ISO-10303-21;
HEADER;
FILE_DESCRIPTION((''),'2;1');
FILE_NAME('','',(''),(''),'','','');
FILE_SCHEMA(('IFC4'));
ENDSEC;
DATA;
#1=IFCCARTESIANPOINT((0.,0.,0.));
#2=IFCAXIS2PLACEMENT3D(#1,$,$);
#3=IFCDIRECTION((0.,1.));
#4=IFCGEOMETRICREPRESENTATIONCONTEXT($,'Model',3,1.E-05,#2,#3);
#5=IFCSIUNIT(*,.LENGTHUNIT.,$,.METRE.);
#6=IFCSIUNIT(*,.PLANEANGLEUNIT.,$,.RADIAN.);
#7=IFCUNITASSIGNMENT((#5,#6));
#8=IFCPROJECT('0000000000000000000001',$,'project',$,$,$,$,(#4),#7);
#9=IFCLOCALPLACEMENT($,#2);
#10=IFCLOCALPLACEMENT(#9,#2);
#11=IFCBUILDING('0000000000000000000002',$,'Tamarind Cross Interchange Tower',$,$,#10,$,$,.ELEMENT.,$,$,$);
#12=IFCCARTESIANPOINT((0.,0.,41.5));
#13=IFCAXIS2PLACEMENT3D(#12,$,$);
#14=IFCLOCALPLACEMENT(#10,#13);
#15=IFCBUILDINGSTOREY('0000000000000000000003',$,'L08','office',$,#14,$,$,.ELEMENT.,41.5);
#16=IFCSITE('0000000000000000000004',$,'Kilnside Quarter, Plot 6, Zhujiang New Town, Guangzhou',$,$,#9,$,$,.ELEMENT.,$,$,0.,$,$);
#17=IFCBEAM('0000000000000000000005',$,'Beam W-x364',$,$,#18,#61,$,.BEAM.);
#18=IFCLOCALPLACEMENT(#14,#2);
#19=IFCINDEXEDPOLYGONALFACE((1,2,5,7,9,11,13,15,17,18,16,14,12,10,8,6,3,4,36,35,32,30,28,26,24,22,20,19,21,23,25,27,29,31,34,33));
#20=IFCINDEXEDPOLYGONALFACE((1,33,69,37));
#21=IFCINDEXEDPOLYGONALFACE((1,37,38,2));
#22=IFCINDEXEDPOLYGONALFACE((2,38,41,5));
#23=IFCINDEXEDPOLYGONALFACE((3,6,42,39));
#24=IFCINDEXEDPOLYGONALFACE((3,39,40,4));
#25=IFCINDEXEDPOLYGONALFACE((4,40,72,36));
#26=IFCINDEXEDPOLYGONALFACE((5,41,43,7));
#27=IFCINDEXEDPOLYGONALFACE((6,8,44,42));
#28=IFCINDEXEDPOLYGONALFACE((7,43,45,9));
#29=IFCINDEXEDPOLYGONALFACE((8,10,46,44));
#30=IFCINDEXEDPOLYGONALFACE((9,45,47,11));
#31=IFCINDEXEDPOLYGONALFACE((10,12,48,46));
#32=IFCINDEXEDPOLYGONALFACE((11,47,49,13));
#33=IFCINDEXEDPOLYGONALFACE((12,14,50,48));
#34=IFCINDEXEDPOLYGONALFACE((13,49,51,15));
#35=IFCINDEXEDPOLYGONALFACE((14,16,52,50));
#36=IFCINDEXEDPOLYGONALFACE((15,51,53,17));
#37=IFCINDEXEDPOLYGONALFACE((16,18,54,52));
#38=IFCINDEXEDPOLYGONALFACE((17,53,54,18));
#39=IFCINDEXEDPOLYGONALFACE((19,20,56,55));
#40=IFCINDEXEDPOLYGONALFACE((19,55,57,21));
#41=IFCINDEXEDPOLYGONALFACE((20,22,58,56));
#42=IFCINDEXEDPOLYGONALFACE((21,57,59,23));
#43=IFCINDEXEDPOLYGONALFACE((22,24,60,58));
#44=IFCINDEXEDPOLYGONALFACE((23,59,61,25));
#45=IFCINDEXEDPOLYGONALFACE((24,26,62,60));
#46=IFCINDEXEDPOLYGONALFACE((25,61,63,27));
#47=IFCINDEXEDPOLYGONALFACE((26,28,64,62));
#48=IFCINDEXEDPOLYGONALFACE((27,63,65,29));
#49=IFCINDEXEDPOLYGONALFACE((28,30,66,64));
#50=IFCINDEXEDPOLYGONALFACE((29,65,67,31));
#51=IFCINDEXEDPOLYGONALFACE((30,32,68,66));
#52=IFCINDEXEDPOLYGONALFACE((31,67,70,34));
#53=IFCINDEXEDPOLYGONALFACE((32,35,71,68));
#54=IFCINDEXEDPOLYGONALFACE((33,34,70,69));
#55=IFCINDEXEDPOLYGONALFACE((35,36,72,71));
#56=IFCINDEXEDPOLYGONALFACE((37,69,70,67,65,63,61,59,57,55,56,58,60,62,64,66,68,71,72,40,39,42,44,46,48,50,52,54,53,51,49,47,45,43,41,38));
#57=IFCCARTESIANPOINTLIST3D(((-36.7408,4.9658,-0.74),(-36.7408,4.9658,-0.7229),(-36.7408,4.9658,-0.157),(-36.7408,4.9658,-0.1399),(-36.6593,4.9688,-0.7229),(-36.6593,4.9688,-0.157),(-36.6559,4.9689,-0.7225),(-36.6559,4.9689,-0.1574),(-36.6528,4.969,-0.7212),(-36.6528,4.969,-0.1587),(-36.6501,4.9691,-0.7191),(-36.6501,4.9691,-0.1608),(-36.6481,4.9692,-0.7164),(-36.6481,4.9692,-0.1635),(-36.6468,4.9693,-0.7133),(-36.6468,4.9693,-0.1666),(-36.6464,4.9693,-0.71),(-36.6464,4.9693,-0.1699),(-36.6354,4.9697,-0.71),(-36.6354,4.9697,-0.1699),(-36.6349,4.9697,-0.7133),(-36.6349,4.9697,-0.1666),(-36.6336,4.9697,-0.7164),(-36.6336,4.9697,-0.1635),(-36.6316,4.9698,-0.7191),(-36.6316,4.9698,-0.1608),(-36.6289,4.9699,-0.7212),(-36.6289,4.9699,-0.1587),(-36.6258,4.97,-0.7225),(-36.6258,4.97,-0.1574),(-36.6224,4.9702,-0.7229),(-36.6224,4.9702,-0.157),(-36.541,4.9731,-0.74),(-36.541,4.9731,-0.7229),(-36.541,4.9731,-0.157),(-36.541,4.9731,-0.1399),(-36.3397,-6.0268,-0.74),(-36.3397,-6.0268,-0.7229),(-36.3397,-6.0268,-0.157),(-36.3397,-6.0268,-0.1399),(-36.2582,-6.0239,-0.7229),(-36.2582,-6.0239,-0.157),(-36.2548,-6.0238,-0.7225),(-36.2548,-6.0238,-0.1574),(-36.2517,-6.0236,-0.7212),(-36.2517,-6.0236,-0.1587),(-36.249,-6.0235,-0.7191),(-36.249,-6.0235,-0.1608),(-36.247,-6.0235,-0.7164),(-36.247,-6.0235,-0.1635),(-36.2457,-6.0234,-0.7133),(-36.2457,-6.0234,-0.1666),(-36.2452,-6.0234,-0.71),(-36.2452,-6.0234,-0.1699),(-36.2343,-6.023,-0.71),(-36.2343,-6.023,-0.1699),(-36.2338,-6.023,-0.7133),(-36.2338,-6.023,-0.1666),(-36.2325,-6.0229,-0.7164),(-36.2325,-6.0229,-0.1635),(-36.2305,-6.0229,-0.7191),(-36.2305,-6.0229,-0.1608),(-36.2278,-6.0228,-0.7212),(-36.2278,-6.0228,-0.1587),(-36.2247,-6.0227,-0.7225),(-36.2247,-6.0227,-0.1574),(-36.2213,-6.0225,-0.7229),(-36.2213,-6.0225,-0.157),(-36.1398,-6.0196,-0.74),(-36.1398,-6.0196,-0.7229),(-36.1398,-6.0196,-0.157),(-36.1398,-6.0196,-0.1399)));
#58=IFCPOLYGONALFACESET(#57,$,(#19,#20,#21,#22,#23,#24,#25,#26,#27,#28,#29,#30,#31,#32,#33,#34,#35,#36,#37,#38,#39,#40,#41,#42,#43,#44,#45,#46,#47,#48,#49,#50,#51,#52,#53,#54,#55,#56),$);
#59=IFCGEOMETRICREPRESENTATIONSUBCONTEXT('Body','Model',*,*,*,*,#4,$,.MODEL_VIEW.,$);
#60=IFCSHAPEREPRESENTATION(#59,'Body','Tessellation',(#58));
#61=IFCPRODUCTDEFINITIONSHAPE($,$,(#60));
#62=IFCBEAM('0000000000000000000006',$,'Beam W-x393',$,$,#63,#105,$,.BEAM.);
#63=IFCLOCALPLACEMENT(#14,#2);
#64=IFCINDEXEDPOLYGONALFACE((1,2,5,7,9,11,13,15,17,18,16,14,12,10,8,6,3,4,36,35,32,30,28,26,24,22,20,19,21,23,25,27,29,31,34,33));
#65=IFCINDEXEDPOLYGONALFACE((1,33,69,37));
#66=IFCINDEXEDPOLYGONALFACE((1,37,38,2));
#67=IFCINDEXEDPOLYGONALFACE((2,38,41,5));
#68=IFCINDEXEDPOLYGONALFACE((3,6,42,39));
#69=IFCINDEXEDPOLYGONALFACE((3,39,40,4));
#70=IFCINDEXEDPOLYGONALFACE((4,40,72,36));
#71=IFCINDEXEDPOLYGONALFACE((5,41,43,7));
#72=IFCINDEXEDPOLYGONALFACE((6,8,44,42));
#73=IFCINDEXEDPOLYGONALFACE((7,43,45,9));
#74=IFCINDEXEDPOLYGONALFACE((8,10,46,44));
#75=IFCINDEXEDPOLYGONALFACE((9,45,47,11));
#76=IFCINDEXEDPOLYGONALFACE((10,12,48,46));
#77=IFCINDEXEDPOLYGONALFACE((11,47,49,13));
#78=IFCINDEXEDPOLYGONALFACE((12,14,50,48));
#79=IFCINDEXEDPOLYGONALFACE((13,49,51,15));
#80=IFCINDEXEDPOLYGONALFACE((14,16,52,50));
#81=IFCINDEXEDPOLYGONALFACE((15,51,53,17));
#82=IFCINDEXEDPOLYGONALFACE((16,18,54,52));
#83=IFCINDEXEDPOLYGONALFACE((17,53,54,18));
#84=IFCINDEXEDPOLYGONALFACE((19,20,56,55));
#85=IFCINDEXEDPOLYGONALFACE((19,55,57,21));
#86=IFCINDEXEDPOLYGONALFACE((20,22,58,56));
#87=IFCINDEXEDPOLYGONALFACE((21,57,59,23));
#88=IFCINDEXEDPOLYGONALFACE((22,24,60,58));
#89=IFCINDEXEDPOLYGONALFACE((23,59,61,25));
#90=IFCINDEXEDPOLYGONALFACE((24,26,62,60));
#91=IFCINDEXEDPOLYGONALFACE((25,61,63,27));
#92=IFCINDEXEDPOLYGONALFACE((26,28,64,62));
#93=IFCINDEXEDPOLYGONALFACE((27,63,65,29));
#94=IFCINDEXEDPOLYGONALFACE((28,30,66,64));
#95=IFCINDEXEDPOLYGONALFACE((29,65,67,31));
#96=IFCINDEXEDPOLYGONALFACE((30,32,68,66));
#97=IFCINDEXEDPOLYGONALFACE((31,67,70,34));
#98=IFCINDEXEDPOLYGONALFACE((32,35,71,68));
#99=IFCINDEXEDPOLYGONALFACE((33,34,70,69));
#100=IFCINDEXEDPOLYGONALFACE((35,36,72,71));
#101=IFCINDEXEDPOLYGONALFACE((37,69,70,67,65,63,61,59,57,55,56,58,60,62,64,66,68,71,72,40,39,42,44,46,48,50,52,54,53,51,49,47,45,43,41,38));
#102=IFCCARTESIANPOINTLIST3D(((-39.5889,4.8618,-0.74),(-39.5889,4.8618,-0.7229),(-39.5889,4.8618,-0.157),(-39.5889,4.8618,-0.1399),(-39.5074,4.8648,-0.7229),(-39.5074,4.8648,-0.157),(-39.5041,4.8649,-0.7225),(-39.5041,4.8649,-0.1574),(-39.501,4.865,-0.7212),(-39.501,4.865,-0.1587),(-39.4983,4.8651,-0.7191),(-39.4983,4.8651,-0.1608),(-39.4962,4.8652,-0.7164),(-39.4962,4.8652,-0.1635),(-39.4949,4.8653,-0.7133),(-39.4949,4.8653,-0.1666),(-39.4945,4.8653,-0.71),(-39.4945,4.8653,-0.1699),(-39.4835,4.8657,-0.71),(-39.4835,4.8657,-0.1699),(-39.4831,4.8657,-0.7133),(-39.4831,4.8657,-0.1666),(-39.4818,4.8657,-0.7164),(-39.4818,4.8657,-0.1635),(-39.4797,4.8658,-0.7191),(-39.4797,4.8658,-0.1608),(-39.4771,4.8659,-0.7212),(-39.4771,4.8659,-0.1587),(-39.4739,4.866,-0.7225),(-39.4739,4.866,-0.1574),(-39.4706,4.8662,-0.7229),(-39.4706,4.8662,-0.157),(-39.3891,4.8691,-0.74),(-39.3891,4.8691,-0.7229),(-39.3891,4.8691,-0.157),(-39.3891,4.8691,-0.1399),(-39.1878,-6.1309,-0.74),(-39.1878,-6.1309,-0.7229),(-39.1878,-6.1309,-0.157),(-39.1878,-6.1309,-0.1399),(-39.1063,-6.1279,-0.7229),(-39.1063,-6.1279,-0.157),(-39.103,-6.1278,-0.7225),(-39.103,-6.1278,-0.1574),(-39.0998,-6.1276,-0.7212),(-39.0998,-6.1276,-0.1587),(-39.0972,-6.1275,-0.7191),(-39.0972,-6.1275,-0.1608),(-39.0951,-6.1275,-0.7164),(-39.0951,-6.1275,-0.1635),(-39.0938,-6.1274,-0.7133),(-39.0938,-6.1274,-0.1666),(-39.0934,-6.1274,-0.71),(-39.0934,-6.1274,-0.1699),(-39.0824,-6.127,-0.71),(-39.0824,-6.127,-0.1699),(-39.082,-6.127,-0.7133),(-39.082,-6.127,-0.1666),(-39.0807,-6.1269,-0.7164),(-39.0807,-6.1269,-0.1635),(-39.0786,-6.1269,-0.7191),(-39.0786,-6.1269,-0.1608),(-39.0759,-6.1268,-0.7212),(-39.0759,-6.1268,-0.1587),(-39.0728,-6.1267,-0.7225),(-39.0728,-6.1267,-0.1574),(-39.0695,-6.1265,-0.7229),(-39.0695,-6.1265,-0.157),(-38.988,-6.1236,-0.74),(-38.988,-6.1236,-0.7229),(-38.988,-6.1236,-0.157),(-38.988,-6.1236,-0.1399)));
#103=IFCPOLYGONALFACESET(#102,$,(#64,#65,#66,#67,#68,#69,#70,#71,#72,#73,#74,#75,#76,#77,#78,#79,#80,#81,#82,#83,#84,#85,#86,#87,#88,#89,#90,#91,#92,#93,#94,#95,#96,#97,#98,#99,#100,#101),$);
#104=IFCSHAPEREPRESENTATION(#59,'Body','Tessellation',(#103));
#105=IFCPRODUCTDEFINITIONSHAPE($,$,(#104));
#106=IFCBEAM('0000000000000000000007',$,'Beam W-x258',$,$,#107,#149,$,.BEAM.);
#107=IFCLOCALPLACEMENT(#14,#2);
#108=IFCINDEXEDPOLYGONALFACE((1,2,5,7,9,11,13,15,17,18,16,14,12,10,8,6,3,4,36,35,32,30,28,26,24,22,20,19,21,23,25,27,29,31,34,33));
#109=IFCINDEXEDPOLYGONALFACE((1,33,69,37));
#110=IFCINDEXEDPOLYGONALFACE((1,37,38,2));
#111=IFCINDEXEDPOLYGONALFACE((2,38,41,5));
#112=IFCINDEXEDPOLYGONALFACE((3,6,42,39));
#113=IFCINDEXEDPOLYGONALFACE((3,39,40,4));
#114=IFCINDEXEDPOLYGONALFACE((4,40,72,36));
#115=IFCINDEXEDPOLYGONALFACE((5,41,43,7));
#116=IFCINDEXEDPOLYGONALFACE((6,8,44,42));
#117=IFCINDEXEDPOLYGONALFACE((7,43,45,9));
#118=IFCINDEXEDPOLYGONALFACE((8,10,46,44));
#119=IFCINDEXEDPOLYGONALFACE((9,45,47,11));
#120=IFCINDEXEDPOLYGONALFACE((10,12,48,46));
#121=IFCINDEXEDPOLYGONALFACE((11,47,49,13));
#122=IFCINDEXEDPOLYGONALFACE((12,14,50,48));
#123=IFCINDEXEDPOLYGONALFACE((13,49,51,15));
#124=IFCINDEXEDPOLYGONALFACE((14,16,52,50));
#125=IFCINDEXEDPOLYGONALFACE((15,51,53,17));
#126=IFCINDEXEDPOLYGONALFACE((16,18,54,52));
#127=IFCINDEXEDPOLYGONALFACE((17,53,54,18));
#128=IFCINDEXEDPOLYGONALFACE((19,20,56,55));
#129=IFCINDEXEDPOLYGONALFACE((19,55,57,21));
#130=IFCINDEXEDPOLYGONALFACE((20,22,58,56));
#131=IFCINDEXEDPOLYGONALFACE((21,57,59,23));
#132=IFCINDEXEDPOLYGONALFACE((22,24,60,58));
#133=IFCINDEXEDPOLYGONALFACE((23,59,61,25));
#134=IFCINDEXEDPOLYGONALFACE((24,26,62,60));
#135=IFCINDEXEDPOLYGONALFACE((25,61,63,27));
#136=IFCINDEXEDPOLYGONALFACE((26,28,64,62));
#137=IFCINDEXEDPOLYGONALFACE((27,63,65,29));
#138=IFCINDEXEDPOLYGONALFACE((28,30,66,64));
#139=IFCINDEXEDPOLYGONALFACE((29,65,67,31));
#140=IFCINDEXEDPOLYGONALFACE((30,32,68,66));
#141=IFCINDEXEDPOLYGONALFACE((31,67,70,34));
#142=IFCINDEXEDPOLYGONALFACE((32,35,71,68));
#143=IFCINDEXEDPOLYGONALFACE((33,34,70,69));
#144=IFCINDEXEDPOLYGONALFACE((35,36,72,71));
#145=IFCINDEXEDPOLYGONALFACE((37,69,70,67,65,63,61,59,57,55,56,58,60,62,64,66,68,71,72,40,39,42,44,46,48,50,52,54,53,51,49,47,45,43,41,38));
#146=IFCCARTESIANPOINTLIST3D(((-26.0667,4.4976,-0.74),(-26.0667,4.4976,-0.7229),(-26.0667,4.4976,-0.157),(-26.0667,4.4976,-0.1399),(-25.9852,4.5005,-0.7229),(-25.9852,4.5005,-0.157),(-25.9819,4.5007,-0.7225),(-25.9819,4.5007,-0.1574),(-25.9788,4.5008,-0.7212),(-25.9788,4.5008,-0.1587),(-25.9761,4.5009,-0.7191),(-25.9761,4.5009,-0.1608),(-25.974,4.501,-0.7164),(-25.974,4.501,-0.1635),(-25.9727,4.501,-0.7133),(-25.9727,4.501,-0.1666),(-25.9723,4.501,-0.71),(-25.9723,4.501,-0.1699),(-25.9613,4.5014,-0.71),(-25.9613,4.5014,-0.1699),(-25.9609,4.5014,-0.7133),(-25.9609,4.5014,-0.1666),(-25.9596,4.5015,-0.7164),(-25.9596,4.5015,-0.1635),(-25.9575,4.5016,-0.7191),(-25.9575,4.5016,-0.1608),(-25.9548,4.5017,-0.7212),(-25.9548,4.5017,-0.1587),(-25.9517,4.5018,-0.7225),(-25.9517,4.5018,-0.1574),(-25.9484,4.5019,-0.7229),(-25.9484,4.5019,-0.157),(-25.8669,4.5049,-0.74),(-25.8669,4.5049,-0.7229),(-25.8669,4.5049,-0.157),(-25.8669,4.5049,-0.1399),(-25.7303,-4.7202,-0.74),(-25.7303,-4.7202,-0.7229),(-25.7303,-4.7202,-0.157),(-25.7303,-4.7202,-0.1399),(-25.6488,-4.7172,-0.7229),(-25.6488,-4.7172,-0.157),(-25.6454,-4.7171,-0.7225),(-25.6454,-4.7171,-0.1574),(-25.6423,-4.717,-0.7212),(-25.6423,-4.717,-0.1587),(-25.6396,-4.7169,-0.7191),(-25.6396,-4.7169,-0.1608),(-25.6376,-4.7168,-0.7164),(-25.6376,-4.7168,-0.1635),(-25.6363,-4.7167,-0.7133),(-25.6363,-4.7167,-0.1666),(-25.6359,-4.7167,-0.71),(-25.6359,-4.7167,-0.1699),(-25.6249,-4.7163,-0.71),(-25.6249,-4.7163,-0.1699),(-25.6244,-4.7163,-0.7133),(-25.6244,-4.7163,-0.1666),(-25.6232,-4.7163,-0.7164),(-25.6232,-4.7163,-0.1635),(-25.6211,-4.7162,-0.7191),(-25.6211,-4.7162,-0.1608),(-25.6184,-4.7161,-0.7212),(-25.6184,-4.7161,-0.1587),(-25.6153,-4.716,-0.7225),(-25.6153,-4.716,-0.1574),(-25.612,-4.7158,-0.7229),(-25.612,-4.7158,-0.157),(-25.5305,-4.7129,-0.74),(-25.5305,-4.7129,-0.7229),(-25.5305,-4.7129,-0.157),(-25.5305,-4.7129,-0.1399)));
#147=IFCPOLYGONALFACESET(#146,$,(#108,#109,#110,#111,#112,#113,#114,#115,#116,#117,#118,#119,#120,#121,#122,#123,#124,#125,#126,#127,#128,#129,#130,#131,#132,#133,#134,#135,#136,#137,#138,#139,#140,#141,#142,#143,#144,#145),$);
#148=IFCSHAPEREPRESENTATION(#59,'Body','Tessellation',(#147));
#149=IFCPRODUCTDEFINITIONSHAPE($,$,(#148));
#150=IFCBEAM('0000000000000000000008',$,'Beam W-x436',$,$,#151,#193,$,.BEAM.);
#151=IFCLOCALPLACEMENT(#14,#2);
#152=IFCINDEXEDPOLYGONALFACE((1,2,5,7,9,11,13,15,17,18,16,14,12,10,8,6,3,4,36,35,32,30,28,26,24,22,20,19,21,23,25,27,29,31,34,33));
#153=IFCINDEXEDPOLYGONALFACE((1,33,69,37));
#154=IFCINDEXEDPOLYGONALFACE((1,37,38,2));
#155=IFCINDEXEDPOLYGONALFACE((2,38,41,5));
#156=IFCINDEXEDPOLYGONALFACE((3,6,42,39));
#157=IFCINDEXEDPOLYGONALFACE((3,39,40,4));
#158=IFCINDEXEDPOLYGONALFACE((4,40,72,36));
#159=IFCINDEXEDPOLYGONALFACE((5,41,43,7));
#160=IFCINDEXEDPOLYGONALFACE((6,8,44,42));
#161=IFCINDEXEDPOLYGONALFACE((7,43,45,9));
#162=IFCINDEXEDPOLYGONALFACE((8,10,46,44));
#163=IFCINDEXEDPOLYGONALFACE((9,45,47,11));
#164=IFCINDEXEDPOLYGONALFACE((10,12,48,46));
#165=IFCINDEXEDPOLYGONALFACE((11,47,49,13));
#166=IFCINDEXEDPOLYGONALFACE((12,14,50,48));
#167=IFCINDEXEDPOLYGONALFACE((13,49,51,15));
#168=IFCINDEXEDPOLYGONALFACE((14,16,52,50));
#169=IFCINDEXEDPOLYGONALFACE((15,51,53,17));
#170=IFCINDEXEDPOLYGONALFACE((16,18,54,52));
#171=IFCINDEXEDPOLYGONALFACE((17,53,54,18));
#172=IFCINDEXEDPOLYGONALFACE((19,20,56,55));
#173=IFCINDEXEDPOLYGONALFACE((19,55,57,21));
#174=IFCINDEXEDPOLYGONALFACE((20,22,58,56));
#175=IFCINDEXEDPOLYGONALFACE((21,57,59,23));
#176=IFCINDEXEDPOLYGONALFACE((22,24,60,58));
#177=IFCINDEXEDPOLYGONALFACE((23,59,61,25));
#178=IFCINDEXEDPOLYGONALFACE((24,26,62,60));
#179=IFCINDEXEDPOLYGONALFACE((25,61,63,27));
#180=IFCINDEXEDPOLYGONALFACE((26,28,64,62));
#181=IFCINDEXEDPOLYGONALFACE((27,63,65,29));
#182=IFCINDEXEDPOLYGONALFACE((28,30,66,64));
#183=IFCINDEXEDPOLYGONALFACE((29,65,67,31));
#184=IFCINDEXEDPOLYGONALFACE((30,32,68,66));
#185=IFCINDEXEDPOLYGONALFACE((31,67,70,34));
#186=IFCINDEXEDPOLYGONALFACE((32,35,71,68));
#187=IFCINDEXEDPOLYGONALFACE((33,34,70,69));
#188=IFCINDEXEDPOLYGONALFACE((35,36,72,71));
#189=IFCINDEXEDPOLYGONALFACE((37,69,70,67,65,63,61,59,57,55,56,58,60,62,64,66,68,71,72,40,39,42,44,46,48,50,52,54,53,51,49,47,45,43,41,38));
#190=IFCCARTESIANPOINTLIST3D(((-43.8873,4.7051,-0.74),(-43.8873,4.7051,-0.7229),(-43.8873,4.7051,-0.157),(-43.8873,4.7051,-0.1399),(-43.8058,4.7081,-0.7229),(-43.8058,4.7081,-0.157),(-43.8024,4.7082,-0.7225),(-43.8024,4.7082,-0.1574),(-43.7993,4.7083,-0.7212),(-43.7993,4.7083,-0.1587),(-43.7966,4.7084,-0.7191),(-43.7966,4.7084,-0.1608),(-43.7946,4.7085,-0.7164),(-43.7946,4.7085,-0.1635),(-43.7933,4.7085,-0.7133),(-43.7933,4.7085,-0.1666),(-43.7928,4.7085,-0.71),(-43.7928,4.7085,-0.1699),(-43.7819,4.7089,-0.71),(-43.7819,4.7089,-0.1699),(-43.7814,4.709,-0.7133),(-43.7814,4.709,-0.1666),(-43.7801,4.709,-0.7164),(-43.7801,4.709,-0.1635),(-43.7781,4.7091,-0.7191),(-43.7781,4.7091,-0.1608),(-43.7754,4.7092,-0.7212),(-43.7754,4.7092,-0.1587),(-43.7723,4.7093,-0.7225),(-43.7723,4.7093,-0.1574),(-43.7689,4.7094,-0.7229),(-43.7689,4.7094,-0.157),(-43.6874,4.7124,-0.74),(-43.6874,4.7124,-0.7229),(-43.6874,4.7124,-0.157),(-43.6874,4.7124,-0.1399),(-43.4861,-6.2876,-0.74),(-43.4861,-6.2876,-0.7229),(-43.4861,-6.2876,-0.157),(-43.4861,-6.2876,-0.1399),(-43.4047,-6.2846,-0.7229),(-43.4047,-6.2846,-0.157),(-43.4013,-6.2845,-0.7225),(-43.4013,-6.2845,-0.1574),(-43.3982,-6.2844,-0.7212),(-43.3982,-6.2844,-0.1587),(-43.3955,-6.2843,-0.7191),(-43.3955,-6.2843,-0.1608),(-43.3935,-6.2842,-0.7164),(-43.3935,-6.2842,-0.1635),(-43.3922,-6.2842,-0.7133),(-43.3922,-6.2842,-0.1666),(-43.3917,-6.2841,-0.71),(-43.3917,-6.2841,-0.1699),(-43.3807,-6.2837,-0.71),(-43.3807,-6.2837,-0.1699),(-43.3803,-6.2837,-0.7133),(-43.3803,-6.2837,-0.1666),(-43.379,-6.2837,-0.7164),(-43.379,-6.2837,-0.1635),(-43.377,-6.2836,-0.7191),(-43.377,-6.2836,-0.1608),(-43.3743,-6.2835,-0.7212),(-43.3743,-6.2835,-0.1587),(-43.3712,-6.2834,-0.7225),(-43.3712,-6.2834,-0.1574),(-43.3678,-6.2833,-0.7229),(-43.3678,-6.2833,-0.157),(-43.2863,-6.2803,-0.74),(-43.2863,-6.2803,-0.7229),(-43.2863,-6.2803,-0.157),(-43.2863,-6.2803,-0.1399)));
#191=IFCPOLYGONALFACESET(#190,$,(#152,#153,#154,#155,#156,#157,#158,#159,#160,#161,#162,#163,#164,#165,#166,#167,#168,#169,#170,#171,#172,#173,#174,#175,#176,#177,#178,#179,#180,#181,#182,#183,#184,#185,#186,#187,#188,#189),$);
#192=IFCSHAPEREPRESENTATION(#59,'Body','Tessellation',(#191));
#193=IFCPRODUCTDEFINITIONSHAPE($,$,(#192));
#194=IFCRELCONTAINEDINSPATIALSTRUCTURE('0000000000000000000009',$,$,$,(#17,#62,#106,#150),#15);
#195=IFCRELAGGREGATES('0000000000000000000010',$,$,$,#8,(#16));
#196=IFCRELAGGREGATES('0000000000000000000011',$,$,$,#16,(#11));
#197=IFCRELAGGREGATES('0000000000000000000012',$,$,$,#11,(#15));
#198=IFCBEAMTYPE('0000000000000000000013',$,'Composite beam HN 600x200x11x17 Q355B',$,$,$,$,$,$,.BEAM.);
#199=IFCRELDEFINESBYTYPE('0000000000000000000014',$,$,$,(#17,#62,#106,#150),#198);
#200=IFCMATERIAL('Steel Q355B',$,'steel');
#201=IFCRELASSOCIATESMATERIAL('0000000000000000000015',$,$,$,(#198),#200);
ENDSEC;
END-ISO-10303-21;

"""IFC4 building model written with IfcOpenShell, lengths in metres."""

from ifc_helpers import new_model, si_unit, direction, frame, origin, origin_2d, place, context, subcontext, project, spatial, i_section, extrude, material, material_profile, profile_set, type_object, element, save


model = new_model("IFC4")

# Units and contexts
model_context = context("Model", 3, precision=1e-05, world=origin(), true_north=direction((0.0, 1.0)))
body_context = subcontext(model_context, "Body", "Model", "MODEL_VIEW")
ifc_project = project(units=[si_unit("LENGTHUNIT", "METRE"), si_unit("PLANEANGLEUNIT", "RADIAN")], contexts=[model_context])

# Site, building, storey
site_placement = place(None, origin())
site = spatial("IfcSite", under=ifc_project, at=site_placement, Name="Kilnside Quarter, Plot 6, Zhujiang New Town, Guangzhou", CompositionType="ELEMENT", RefElevation=0.0)
building_placement = place(site_placement, origin())
building = spatial("IfcBuilding", under=site, at=building_placement, Name="Tamarind Cross Interchange Tower", CompositionType="ELEMENT")
storey_placement = place(building_placement, frame((0.0, 0.0, 41.5)))
storey = spatial("IfcBuildingStorey", under=building, at=storey_placement, Name="L08", Description="office", CompositionType="ELEMENT", Elevation=41.5)

# Beams
ifc_material_1 = material(Name="Steel Q355B", Category="steel")
ifc_material_profile_1 = material_profile(ifc_material_1, i_section(OverallWidth=0.2, OverallDepth=0.6001, WebThickness=0.011, FlangeThickness=0.0171, FilletRadius=0.0129, at=origin_2d()), Name="HN 600x200x11x17")
ifc_profile_set_1 = profile_set([ifc_material_profile_1], Name="Steel Q355B")
beam_type_1 = type_object("IfcBeamType", Name="Composite beam HN 600x200x11x17 Q355B", PredefinedType="BEAM", material=ifc_profile_set_1)
for number, where, z_axis, x_axis, name in (
    (1, (-36.6409, 4.9695, -0.4399), (0.036466, -0.999335, 0.0), (0.999335, 0.036466, 0.0), "Beam W-x364"),
    (2, (-39.489, 4.8655, -0.4399), (0.036466, -0.999335, 0.0), (0.999335, 0.036466, 0.0), "Beam W-x393"),
):
    element("IfcBeam", number, at=place(storey_placement, frame(where, z_axis=z_axis, x_axis=x_axis)), inside=storey, type_object=beam_type_1, Name=name, PredefinedType="BEAM", context=body_context, shape_type="SweptSolid", body=[
        extrude(i_section(OverallWidth=0.2, OverallDepth=0.6001, WebThickness=0.011, FlangeThickness=0.0171, FilletRadius=0.0129, at=origin_2d()), origin(), (0.0, 0.0, 1.0), 11.0),
    ])
beam_1_placement = place(storey_placement, frame((-25.9668, 4.5012, -0.4399), z_axis=(0.036473, -0.999335, 0.0), x_axis=(0.999335, 0.036473, 0.0)))
element("IfcBeam", 3, at=beam_1_placement, inside=storey, type_object=beam_type_1, Name="Beam W-x258", PredefinedType="BEAM", context=body_context, shape_type="SweptSolid", body=[
    extrude(i_section(OverallWidth=0.2, OverallDepth=0.6001, WebThickness=0.011, FlangeThickness=0.0171, FilletRadius=0.0129, at=origin_2d()), origin(), (0.0, 0.0, 1.0), 9.2239),
])
beam_2_placement = place(storey_placement, frame((-43.7874, 4.7087, -0.4399), z_axis=(0.036466, -0.999335, 0.0), x_axis=(0.999335, 0.036466, 0.0)))
element("IfcBeam", 4, at=beam_2_placement, inside=storey, type_object=beam_type_1, Name="Beam W-x436", PredefinedType="BEAM", context=body_context, shape_type="SweptSolid", body=[
    extrude(i_section(OverallWidth=0.2, OverallDepth=0.6001, WebThickness=0.011, FlangeThickness=0.0171, FilletRadius=0.0129, at=origin_2d()), origin(), (0.0, 0.0, 1.0), 11.0),
])

save(model, "model.ifc")
